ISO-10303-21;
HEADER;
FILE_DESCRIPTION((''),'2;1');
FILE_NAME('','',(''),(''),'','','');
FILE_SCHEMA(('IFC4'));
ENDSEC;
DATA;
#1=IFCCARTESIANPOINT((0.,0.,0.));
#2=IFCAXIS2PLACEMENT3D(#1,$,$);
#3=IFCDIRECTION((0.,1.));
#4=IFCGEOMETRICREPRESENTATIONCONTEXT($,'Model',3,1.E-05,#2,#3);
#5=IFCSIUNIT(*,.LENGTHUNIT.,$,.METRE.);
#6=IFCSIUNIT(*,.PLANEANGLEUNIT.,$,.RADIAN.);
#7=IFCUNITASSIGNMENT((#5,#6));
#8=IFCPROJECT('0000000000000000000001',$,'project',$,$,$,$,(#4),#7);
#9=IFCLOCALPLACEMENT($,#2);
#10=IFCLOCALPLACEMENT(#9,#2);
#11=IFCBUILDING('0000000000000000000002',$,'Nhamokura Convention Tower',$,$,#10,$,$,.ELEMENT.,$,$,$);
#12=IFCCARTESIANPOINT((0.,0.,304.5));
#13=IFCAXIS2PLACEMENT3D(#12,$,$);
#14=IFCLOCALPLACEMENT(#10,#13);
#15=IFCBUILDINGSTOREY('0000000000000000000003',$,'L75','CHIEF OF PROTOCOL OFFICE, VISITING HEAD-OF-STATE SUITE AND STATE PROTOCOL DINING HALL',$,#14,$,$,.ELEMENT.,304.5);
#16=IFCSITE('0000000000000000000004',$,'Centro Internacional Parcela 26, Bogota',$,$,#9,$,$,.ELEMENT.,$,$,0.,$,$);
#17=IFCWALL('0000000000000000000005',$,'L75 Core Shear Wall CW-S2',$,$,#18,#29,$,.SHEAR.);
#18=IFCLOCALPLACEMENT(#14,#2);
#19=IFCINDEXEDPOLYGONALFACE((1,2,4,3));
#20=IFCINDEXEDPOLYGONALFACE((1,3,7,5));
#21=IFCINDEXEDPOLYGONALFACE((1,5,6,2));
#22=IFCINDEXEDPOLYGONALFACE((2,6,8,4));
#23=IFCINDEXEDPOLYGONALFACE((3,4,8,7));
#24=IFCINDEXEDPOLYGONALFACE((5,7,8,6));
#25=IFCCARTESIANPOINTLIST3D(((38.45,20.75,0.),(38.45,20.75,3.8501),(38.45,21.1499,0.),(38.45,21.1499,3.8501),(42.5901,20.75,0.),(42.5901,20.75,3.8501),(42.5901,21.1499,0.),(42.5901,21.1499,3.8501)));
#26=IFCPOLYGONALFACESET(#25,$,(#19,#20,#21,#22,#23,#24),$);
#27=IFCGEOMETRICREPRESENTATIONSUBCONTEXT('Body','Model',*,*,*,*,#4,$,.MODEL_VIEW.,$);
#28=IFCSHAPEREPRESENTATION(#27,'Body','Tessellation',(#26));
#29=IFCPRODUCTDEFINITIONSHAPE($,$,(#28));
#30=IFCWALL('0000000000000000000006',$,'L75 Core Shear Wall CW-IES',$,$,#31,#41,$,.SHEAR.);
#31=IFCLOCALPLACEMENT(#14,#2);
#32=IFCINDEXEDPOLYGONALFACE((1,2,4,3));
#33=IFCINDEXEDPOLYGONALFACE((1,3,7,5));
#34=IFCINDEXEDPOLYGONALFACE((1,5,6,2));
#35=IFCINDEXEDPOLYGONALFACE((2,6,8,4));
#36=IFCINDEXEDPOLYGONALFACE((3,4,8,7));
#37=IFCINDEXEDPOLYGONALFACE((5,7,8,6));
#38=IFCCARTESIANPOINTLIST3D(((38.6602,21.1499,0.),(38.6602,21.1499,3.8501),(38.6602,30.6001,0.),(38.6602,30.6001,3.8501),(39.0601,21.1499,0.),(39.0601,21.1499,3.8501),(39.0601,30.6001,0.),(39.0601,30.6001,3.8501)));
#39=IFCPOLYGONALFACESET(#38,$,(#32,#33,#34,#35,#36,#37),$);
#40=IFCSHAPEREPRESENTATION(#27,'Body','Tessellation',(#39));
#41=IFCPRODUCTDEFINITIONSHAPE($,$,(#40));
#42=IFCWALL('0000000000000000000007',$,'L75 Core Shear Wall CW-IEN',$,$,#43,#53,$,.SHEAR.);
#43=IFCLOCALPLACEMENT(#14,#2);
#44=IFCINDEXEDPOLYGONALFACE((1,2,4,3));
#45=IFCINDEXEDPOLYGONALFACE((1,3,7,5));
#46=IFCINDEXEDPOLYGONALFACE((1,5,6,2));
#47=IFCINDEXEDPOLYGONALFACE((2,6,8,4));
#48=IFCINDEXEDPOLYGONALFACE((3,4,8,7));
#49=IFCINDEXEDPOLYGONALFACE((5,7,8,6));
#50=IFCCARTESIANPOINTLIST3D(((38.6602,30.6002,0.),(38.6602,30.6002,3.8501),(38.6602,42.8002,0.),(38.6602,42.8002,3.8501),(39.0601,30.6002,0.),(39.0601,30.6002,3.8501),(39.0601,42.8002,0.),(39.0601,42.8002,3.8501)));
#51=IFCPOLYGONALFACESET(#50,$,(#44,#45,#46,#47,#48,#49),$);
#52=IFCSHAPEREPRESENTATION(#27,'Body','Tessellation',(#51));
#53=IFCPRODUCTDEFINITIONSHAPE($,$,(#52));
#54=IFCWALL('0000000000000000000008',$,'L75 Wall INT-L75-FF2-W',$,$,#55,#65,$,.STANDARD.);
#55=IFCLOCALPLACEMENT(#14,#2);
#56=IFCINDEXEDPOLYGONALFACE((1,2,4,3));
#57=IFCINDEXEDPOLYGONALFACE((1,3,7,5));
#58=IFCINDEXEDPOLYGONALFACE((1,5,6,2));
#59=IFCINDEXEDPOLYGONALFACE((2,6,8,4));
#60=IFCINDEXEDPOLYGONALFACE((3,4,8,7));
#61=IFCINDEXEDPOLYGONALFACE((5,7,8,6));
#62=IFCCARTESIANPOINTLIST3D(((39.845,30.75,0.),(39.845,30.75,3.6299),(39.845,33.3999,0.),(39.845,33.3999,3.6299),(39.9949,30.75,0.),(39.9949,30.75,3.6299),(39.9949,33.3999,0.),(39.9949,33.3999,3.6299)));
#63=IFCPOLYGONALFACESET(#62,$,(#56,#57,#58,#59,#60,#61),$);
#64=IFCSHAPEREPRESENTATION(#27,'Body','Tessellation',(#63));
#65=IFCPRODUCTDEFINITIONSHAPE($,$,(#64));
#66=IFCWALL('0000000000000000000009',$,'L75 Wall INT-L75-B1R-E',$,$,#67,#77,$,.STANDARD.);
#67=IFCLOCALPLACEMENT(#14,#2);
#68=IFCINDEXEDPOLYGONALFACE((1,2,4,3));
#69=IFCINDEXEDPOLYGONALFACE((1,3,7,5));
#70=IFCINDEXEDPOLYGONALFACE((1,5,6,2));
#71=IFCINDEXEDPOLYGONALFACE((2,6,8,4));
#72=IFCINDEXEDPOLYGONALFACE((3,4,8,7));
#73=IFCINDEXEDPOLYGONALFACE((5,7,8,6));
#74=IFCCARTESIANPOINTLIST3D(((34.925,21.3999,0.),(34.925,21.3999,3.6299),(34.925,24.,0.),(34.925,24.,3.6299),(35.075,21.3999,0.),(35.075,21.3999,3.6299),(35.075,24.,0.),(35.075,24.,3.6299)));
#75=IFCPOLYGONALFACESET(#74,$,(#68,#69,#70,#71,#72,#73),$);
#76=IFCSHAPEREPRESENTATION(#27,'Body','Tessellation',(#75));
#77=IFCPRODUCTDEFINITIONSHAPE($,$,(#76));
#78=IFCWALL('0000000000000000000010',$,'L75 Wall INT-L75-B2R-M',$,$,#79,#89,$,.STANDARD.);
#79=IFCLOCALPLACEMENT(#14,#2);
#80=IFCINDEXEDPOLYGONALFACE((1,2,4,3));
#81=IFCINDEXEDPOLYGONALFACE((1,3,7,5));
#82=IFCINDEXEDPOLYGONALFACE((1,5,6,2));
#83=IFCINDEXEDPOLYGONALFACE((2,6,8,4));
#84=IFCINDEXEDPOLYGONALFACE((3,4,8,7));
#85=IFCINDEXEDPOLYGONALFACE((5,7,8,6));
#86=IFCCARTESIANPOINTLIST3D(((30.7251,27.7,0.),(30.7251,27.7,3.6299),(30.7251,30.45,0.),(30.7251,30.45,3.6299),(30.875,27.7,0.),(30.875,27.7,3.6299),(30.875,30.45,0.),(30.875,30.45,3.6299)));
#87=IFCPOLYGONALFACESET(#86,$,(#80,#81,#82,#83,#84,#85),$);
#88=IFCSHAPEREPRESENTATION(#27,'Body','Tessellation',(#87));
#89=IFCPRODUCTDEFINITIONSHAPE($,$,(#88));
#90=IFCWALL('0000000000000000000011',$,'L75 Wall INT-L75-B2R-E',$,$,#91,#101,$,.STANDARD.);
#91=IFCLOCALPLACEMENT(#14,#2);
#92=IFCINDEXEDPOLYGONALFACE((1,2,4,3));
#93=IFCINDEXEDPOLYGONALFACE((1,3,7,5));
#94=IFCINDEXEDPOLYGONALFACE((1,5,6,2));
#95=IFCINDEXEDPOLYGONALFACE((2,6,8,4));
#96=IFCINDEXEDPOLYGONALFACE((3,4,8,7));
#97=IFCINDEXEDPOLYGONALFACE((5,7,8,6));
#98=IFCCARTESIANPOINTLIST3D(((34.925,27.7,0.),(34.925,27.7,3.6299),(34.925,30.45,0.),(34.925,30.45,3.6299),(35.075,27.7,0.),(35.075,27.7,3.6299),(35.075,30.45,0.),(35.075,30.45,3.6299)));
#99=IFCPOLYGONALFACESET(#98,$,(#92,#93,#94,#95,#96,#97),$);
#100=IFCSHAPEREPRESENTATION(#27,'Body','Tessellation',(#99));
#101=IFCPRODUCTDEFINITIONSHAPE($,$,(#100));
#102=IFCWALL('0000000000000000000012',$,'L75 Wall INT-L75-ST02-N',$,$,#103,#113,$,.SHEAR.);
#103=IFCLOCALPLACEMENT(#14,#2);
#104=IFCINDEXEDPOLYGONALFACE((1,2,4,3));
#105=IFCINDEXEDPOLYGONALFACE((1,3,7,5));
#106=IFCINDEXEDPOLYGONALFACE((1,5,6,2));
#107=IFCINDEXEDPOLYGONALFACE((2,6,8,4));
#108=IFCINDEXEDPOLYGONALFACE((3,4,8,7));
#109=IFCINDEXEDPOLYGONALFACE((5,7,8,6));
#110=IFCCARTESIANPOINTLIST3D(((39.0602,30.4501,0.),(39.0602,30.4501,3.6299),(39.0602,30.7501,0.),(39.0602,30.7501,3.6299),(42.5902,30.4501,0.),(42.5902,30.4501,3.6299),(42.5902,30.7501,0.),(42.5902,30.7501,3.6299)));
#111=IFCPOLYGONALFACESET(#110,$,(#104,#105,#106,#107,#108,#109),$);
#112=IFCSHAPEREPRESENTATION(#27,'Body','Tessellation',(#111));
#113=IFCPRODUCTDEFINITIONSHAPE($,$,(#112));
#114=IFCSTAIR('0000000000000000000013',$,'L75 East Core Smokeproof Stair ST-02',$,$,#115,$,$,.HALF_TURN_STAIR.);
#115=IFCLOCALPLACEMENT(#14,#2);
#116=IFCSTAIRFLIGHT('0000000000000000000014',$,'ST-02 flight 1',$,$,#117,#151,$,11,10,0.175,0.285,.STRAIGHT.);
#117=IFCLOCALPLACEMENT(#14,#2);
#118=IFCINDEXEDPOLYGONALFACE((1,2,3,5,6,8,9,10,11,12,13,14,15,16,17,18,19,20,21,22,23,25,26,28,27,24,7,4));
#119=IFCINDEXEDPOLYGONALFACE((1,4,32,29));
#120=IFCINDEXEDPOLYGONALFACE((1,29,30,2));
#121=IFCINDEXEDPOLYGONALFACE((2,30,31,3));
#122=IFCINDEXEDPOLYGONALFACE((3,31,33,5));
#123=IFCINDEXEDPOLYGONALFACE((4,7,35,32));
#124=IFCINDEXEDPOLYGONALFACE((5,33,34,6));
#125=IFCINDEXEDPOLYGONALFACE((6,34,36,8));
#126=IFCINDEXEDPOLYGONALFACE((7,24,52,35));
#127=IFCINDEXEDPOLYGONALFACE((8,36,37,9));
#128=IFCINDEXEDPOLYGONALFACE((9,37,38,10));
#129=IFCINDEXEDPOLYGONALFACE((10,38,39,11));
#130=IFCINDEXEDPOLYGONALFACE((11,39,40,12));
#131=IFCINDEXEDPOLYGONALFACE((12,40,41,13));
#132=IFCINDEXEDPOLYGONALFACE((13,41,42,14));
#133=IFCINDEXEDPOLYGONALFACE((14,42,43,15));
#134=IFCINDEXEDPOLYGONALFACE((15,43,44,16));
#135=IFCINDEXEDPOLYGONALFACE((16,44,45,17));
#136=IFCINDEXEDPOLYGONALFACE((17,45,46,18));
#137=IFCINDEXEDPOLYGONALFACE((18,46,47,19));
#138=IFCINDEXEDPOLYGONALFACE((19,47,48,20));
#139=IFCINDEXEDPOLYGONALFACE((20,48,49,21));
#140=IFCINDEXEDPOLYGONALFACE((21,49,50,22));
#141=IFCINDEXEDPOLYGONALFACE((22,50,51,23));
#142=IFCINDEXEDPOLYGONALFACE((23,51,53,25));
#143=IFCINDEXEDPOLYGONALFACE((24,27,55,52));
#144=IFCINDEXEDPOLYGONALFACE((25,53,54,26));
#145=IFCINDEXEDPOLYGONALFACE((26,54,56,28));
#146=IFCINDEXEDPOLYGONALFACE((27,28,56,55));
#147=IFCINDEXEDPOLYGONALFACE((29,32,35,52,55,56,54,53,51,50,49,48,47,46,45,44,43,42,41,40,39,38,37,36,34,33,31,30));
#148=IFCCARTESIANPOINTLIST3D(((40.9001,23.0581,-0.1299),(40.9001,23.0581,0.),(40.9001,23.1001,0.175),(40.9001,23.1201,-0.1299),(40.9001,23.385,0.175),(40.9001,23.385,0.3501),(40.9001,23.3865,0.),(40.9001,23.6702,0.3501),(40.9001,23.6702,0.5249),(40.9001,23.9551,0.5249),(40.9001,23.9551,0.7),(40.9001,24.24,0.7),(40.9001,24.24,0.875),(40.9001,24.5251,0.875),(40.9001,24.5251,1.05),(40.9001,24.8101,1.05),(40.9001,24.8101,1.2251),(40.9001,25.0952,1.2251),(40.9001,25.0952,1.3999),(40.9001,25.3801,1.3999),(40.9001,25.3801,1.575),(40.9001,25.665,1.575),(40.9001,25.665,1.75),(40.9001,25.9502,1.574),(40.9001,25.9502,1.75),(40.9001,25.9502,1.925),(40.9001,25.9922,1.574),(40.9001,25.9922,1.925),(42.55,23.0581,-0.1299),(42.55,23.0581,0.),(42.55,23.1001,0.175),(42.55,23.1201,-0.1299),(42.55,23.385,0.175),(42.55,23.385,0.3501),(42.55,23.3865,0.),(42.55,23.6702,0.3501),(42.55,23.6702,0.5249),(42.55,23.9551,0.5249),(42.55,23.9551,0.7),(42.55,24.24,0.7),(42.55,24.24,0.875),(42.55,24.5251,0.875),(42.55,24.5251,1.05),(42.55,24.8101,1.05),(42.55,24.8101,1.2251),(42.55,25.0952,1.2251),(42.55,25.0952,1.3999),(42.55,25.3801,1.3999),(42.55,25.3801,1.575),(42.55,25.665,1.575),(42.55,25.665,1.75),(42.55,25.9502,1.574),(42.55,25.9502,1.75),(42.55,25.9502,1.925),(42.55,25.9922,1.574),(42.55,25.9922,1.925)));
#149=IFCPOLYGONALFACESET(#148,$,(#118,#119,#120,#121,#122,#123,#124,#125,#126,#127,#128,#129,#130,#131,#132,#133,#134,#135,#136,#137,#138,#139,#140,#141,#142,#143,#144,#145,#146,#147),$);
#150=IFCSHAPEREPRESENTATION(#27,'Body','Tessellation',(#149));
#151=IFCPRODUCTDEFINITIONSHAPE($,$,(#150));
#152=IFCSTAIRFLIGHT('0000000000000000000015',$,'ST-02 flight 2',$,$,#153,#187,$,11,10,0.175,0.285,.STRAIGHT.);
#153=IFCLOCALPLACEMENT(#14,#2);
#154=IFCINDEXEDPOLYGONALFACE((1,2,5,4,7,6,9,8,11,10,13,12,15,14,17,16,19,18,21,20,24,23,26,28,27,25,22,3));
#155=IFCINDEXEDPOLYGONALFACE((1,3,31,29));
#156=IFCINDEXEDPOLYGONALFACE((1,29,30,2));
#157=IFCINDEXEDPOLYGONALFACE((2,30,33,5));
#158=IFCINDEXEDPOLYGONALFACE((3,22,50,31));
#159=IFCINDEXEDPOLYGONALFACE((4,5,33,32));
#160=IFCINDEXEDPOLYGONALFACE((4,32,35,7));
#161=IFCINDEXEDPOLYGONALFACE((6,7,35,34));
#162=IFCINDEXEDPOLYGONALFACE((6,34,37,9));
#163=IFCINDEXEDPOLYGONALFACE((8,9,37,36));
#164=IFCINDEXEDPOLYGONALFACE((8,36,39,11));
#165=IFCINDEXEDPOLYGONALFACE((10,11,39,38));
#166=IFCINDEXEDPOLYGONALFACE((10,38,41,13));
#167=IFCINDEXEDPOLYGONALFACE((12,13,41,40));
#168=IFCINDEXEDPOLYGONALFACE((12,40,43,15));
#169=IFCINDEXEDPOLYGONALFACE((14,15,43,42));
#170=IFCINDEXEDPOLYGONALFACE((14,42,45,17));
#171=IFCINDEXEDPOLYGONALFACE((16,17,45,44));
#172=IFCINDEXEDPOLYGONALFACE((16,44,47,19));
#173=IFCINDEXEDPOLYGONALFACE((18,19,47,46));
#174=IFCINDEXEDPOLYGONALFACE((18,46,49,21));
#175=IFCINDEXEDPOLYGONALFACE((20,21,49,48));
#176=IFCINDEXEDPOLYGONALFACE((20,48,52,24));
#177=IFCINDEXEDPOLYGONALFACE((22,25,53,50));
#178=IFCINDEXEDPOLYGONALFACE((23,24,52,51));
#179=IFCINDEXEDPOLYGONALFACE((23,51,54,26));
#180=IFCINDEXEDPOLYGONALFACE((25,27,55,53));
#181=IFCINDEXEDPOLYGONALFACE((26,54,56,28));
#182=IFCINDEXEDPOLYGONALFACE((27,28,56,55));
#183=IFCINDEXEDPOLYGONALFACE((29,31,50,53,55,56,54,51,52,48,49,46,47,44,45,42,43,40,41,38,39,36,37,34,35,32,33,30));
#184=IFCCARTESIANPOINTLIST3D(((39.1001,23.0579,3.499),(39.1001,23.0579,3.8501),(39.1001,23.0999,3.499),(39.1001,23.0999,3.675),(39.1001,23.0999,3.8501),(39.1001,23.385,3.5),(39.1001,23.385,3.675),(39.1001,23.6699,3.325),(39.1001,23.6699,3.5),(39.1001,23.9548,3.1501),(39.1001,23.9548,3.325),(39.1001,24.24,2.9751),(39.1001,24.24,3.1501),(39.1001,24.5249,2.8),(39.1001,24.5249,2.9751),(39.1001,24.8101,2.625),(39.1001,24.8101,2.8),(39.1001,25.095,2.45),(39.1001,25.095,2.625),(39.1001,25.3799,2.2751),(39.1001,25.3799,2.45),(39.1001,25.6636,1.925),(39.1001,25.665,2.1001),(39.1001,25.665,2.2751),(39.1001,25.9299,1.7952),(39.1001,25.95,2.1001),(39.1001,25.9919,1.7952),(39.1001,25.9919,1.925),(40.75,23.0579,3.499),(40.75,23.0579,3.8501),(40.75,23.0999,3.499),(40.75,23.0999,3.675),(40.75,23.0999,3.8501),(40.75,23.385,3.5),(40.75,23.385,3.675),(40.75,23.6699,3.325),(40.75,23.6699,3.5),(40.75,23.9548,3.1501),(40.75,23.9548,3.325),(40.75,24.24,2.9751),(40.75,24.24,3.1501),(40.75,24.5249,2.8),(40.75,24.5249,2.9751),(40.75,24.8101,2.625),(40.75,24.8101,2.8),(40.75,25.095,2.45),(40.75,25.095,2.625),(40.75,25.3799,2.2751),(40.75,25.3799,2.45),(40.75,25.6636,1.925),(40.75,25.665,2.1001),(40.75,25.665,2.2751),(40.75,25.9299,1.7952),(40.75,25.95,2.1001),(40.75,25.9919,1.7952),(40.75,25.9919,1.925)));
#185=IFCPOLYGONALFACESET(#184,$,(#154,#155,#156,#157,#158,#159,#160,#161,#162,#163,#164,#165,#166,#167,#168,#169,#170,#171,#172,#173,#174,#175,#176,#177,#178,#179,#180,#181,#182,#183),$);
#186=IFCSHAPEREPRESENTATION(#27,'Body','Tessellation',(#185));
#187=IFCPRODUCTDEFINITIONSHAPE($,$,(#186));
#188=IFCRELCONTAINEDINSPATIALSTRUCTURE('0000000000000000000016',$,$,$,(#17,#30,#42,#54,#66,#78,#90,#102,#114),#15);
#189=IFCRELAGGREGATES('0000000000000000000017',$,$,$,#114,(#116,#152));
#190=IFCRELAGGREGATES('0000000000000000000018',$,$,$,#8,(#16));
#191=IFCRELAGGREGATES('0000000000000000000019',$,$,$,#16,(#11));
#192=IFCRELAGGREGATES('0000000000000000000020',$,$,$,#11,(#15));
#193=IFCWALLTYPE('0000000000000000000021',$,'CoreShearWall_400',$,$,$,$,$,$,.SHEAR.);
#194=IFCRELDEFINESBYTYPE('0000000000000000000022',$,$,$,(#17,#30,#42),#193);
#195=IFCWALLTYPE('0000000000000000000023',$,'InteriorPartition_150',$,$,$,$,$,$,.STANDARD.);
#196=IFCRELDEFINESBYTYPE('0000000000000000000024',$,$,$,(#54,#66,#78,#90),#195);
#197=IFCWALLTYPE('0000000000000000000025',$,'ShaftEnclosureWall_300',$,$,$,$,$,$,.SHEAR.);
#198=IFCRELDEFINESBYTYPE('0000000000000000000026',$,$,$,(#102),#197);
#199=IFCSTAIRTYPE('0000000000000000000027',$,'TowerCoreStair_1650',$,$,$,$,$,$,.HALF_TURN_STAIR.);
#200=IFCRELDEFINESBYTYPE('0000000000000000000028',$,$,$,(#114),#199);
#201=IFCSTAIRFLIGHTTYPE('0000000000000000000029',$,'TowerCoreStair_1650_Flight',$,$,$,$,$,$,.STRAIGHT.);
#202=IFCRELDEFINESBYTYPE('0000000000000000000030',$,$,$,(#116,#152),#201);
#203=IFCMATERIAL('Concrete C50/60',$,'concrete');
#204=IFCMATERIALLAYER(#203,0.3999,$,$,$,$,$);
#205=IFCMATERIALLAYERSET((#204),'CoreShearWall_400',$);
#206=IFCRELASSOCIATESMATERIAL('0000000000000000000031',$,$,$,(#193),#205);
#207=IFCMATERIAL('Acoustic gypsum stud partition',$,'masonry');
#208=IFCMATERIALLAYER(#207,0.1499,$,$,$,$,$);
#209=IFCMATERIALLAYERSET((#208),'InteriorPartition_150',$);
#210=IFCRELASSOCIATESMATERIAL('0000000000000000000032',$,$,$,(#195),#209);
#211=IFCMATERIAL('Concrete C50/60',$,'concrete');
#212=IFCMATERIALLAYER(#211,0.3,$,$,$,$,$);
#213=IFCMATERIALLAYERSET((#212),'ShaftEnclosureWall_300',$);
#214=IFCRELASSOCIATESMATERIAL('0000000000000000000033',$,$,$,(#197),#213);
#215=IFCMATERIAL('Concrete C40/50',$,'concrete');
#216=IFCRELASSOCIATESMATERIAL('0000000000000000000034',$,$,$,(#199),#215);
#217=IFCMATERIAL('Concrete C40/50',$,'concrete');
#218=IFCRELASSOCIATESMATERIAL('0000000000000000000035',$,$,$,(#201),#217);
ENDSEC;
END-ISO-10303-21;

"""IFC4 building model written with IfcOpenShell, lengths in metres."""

from ifc_helpers import new_model, si_unit, direction, frame, frame_2d, origin, place, context, subcontext, project, spatial, polyline, rectangle, outline, extrude, material, layer, layer_set, type_object, element, aggregate, save


model = new_model("IFC4")

# Units and contexts
model_context = context("Model", 3, precision=1e-05, world=origin(), true_north=direction((0.0, 1.0)))
body_context = subcontext(model_context, "Body", "Model", "MODEL_VIEW")
ifc_project = project(units=[si_unit("LENGTHUNIT", "METRE"), si_unit("PLANEANGLEUNIT", "RADIAN")], contexts=[model_context])

# Site, building, storey
site_placement = place(None, origin())
site = spatial("IfcSite", under=ifc_project, at=site_placement, Name="Centro Internacional Parcela 26, Bogota", CompositionType="ELEMENT", RefElevation=0.0)
building_placement = place(site_placement, origin())
building = spatial("IfcBuilding", under=site, at=building_placement, Name="Nhamokura Convention Tower", CompositionType="ELEMENT")
storey_placement = place(building_placement, frame((0.0, 0.0, 304.5)))
storey = spatial("IfcBuildingStorey", under=building, at=storey_placement, Name="L75", Description="CHIEF OF PROTOCOL OFFICE, VISITING HEAD-OF-STATE SUITE AND STATE PROTOCOL DINING HALL", CompositionType="ELEMENT", Elevation=304.5)

# Walls
ifc_material_1 = material(Name="Concrete C50/60", Category="concrete")
ifc_layer_1 = layer(ifc_material_1, 0.3999)
ifc_layer_set_1 = layer_set([ifc_layer_1], Name="CoreShearWall_400")
wall_type_1 = type_object("IfcWallType", Name="CoreShearWall_400", PredefinedType="SHEAR", material=ifc_layer_set_1)
wall_1_placement = place(storey_placement, frame((38.45, 20.95, 0.0), z_axis=(0.0, 0.0, 1.0), x_axis=(1.0, 0.0, 0.0)))
element("IfcWall", 1, at=wall_1_placement, inside=storey, type_object=wall_type_1, Name="L75 Core Shear Wall CW-S2", PredefinedType="SHEAR", context=body_context, shape_type="SweptSolid", body=[
    extrude(rectangle(XDim=4.1401, YDim=0.3999, at=frame_2d((2.0701, 0.0))), origin(), (0.0, 0.0, 1.0), 3.8501),
])
wall_2_placement = place(storey_placement, frame((38.8601, 21.1499, 0.0), z_axis=(0.0, 0.0, 1.0), x_axis=(0.0, 1.0, 0.0)))
element("IfcWall", 2, at=wall_2_placement, inside=storey, type_object=wall_type_1, Name="L75 Core Shear Wall CW-IES", PredefinedType="SHEAR", context=body_context, shape_type="SweptSolid", body=[
    extrude(rectangle(XDim=9.4502, YDim=0.3999, at=frame_2d((4.7251, 0.0))), origin(), (0.0, 0.0, 1.0), 3.8501),
])
wall_3_placement = place(storey_placement, frame((38.8601, 30.6001, 0.0), z_axis=(0.0, 0.0, 1.0), x_axis=(0.0, 1.0, 0.0)))
element("IfcWall", 3, at=wall_3_placement, inside=storey, type_object=wall_type_1, Name="L75 Core Shear Wall CW-IEN", PredefinedType="SHEAR", context=body_context, shape_type="SweptSolid", body=[
    extrude(rectangle(XDim=12.2, YDim=0.3999, at=frame_2d((6.1001, 0.0))), origin(), (0.0, 0.0, 1.0), 3.8501),
])
ifc_material_2 = material(Name="Acoustic gypsum stud partition", Category="masonry")
ifc_layer_2 = layer(ifc_material_2, 0.1499)
ifc_layer_set_2 = layer_set([ifc_layer_2], Name="InteriorPartition_150")
wall_type_2 = type_object("IfcWallType", Name="InteriorPartition_150", PredefinedType="STANDARD", material=ifc_layer_set_2)
wall_4_placement = place(storey_placement, frame((39.9199, 30.75, 0.0), z_axis=(0.0, 0.0, 1.0), x_axis=(0.0, 1.0, 0.0)))
element("IfcWall", 4, at=wall_4_placement, inside=storey, type_object=wall_type_2, Name="L75 Wall INT-L75-FF2-W", PredefinedType="STANDARD", context=body_context, shape_type="SweptSolid", body=[
    extrude(rectangle(XDim=2.6499, YDim=0.1499, at=frame_2d((1.325, 0.0))), origin(), (0.0, 0.0, 1.0), 3.6299),
])
wall_5_placement = place(storey_placement, frame((35.0, 21.3999, 0.0), z_axis=(0.0, 0.0, 1.0), x_axis=(0.0, 1.0, 0.0)))
element("IfcWall", 5, at=wall_5_placement, inside=storey, type_object=wall_type_2, Name="L75 Wall INT-L75-B1R-E", PredefinedType="STANDARD", context=body_context, shape_type="SweptSolid", body=[
    extrude(rectangle(XDim=2.6001, YDim=0.1499, at=frame_2d((1.3, 0.0))), origin(), (0.0, 0.0, 1.0), 3.6299),
])
for number, where, z_axis, x_axis, name in (
    (6, (30.8, 27.7, 0.0), (0.0, 0.0, 1.0), (0.0, 1.0, 0.0), "L75 Wall INT-L75-B2R-M"),
    (7, (35.0, 27.7, 0.0), (0.0, 0.0, 1.0), (0.0, 1.0, 0.0), "L75 Wall INT-L75-B2R-E"),
):
    element("IfcWall", number, at=place(storey_placement, frame(where, z_axis=z_axis, x_axis=x_axis)), inside=storey, type_object=wall_type_2, Name=name, PredefinedType="STANDARD", context=body_context, shape_type="SweptSolid", body=[
        extrude(rectangle(XDim=2.75, YDim=0.1499, at=frame_2d((1.375, 0.0))), origin(), (0.0, 0.0, 1.0), 3.6299),
    ])
ifc_material_3 = material(Name="Concrete C50/60", Category="concrete")
ifc_layer_3 = layer(ifc_material_3, 0.3)
ifc_layer_set_3 = layer_set([ifc_layer_3], Name="ShaftEnclosureWall_300")
wall_type_3 = type_object("IfcWallType", Name="ShaftEnclosureWall_300", PredefinedType="SHEAR", material=ifc_layer_set_3)
wall_6_placement = place(storey_placement, frame((39.0601, 30.6001, 0.0), z_axis=(0.0, 0.0, 1.0), x_axis=(1.0, 0.0, 0.0)))
element("IfcWall", 8, at=wall_6_placement, inside=storey, type_object=wall_type_3, Name="L75 Wall INT-L75-ST02-N", PredefinedType="SHEAR", context=body_context, shape_type="SweptSolid", body=[
    extrude(rectangle(XDim=3.53, YDim=0.3, at=frame_2d((1.7651, 0.0))), origin(), (0.0, 0.0, 1.0), 3.6299),
])

# Stair, stair flights
ifc_material_4 = material(Name="Concrete C40/50", Category="concrete")
stair_type = type_object("IfcStairType", Name="TowerCoreStair_1650", PredefinedType="HALF_TURN_STAIR", material=ifc_material_4)
stair_placement = place(storey_placement, origin())
stair = element("IfcStair", 9, at=stair_placement, inside=storey, type_object=stair_type, Name="L75 East Core Smokeproof Stair ST-02", PredefinedType="HALF_TURN_STAIR")
ifc_material_5 = material(Name="Concrete C40/50", Category="concrete")
stair_flight_type = type_object("IfcStairFlightType", Name="TowerCoreStair_1650_Flight", PredefinedType="STRAIGHT", material=ifc_material_5)
stair_flight_1_placement = place(storey_placement, frame((41.7251, 23.1001, 0.0), z_axis=(0.0, 0.0, 1.0), x_axis=(0.0, 1.0, 0.0)))
stair_flight_1 = element("IfcStairFlight", 10, at=stair_flight_1_placement, type_object=stair_flight_type, Name="ST-02 flight 1", NumberOfRisers=11, NumberOfTreads=10, PredefinedType="STRAIGHT", RiserHeight=0.175, TreadLength=0.285, context=body_context, shape_type="SweptSolid", body=[
    extrude(outline(polyline([(-0.042, 0.0), (0.0, 0.175), (0.2849, 0.175), (0.2849, 0.3501), (0.5701, 0.3501), (0.5701, 0.5249), (0.855, 0.5249), (0.855, 0.7), (1.1399, 0.7), (1.1399, 0.875), (1.425, 0.875), (1.425, 1.05), (1.71, 1.05), (1.71, 1.2251), (1.9951, 1.2251), (1.9951, 1.3999), (2.28, 1.3999), (2.28, 1.575), (2.5649, 1.575), (2.5649, 1.75), (2.8501, 1.75), (2.8501, 1.925), (2.8921, 1.925), (2.8921, 1.574), (2.8501, 1.574), (0.2864, 0.0), (0.02, -0.1299), (-0.042, -0.1299), (-0.042, 0.0)])), frame((0.0, 0.825, 0.0), z_axis=(0.0, -1.0, 0.0), x_axis=(1.0, 0.0, 0.0)), (0.0, 0.0, 1.0), 1.6499),
])
stair_flight_2_placement = place(storey_placement, frame((39.925, 25.95, 1.925), z_axis=(0.0, 0.0, 1.0), x_axis=(0.0, -1.0, 0.0)))
stair_flight_2 = element("IfcStairFlight", 11, at=stair_flight_2_placement, type_object=stair_flight_type, Name="ST-02 flight 2", NumberOfRisers=11, NumberOfTreads=10, PredefinedType="STRAIGHT", RiserHeight=0.175, TreadLength=0.285, context=body_context, shape_type="SweptSolid", body=[
    extrude(outline(polyline([(-0.042, 0.0), (0.0, 0.175), (0.2849, 0.175), (0.2849, 0.3501), (0.5701, 0.3501), (0.5701, 0.5249), (0.855, 0.5249), (0.855, 0.7), (1.1399, 0.7), (1.1399, 0.875), (1.425, 0.875), (1.425, 1.05), (1.71, 1.05), (1.71, 1.2251), (1.9951, 1.2251), (1.9951, 1.3999), (2.28, 1.3999), (2.28, 1.575), (2.5649, 1.575), (2.5649, 1.75), (2.8501, 1.75), (2.8501, 1.925), (2.8921, 1.925), (2.8921, 1.574), (2.8501, 1.574), (0.2864, 0.0), (0.02, -0.1299), (-0.042, -0.1299), (-0.042, 0.0)])), frame((0.0, 0.825, 0.0), z_axis=(0.0, -1.0, 0.0), x_axis=(1.0, 0.0, 0.0)), (0.0, 0.0, 1.0), 1.6499),
])
aggregate(stair, [stair_flight_1, stair_flight_2])

save(model, "model.ifc")
